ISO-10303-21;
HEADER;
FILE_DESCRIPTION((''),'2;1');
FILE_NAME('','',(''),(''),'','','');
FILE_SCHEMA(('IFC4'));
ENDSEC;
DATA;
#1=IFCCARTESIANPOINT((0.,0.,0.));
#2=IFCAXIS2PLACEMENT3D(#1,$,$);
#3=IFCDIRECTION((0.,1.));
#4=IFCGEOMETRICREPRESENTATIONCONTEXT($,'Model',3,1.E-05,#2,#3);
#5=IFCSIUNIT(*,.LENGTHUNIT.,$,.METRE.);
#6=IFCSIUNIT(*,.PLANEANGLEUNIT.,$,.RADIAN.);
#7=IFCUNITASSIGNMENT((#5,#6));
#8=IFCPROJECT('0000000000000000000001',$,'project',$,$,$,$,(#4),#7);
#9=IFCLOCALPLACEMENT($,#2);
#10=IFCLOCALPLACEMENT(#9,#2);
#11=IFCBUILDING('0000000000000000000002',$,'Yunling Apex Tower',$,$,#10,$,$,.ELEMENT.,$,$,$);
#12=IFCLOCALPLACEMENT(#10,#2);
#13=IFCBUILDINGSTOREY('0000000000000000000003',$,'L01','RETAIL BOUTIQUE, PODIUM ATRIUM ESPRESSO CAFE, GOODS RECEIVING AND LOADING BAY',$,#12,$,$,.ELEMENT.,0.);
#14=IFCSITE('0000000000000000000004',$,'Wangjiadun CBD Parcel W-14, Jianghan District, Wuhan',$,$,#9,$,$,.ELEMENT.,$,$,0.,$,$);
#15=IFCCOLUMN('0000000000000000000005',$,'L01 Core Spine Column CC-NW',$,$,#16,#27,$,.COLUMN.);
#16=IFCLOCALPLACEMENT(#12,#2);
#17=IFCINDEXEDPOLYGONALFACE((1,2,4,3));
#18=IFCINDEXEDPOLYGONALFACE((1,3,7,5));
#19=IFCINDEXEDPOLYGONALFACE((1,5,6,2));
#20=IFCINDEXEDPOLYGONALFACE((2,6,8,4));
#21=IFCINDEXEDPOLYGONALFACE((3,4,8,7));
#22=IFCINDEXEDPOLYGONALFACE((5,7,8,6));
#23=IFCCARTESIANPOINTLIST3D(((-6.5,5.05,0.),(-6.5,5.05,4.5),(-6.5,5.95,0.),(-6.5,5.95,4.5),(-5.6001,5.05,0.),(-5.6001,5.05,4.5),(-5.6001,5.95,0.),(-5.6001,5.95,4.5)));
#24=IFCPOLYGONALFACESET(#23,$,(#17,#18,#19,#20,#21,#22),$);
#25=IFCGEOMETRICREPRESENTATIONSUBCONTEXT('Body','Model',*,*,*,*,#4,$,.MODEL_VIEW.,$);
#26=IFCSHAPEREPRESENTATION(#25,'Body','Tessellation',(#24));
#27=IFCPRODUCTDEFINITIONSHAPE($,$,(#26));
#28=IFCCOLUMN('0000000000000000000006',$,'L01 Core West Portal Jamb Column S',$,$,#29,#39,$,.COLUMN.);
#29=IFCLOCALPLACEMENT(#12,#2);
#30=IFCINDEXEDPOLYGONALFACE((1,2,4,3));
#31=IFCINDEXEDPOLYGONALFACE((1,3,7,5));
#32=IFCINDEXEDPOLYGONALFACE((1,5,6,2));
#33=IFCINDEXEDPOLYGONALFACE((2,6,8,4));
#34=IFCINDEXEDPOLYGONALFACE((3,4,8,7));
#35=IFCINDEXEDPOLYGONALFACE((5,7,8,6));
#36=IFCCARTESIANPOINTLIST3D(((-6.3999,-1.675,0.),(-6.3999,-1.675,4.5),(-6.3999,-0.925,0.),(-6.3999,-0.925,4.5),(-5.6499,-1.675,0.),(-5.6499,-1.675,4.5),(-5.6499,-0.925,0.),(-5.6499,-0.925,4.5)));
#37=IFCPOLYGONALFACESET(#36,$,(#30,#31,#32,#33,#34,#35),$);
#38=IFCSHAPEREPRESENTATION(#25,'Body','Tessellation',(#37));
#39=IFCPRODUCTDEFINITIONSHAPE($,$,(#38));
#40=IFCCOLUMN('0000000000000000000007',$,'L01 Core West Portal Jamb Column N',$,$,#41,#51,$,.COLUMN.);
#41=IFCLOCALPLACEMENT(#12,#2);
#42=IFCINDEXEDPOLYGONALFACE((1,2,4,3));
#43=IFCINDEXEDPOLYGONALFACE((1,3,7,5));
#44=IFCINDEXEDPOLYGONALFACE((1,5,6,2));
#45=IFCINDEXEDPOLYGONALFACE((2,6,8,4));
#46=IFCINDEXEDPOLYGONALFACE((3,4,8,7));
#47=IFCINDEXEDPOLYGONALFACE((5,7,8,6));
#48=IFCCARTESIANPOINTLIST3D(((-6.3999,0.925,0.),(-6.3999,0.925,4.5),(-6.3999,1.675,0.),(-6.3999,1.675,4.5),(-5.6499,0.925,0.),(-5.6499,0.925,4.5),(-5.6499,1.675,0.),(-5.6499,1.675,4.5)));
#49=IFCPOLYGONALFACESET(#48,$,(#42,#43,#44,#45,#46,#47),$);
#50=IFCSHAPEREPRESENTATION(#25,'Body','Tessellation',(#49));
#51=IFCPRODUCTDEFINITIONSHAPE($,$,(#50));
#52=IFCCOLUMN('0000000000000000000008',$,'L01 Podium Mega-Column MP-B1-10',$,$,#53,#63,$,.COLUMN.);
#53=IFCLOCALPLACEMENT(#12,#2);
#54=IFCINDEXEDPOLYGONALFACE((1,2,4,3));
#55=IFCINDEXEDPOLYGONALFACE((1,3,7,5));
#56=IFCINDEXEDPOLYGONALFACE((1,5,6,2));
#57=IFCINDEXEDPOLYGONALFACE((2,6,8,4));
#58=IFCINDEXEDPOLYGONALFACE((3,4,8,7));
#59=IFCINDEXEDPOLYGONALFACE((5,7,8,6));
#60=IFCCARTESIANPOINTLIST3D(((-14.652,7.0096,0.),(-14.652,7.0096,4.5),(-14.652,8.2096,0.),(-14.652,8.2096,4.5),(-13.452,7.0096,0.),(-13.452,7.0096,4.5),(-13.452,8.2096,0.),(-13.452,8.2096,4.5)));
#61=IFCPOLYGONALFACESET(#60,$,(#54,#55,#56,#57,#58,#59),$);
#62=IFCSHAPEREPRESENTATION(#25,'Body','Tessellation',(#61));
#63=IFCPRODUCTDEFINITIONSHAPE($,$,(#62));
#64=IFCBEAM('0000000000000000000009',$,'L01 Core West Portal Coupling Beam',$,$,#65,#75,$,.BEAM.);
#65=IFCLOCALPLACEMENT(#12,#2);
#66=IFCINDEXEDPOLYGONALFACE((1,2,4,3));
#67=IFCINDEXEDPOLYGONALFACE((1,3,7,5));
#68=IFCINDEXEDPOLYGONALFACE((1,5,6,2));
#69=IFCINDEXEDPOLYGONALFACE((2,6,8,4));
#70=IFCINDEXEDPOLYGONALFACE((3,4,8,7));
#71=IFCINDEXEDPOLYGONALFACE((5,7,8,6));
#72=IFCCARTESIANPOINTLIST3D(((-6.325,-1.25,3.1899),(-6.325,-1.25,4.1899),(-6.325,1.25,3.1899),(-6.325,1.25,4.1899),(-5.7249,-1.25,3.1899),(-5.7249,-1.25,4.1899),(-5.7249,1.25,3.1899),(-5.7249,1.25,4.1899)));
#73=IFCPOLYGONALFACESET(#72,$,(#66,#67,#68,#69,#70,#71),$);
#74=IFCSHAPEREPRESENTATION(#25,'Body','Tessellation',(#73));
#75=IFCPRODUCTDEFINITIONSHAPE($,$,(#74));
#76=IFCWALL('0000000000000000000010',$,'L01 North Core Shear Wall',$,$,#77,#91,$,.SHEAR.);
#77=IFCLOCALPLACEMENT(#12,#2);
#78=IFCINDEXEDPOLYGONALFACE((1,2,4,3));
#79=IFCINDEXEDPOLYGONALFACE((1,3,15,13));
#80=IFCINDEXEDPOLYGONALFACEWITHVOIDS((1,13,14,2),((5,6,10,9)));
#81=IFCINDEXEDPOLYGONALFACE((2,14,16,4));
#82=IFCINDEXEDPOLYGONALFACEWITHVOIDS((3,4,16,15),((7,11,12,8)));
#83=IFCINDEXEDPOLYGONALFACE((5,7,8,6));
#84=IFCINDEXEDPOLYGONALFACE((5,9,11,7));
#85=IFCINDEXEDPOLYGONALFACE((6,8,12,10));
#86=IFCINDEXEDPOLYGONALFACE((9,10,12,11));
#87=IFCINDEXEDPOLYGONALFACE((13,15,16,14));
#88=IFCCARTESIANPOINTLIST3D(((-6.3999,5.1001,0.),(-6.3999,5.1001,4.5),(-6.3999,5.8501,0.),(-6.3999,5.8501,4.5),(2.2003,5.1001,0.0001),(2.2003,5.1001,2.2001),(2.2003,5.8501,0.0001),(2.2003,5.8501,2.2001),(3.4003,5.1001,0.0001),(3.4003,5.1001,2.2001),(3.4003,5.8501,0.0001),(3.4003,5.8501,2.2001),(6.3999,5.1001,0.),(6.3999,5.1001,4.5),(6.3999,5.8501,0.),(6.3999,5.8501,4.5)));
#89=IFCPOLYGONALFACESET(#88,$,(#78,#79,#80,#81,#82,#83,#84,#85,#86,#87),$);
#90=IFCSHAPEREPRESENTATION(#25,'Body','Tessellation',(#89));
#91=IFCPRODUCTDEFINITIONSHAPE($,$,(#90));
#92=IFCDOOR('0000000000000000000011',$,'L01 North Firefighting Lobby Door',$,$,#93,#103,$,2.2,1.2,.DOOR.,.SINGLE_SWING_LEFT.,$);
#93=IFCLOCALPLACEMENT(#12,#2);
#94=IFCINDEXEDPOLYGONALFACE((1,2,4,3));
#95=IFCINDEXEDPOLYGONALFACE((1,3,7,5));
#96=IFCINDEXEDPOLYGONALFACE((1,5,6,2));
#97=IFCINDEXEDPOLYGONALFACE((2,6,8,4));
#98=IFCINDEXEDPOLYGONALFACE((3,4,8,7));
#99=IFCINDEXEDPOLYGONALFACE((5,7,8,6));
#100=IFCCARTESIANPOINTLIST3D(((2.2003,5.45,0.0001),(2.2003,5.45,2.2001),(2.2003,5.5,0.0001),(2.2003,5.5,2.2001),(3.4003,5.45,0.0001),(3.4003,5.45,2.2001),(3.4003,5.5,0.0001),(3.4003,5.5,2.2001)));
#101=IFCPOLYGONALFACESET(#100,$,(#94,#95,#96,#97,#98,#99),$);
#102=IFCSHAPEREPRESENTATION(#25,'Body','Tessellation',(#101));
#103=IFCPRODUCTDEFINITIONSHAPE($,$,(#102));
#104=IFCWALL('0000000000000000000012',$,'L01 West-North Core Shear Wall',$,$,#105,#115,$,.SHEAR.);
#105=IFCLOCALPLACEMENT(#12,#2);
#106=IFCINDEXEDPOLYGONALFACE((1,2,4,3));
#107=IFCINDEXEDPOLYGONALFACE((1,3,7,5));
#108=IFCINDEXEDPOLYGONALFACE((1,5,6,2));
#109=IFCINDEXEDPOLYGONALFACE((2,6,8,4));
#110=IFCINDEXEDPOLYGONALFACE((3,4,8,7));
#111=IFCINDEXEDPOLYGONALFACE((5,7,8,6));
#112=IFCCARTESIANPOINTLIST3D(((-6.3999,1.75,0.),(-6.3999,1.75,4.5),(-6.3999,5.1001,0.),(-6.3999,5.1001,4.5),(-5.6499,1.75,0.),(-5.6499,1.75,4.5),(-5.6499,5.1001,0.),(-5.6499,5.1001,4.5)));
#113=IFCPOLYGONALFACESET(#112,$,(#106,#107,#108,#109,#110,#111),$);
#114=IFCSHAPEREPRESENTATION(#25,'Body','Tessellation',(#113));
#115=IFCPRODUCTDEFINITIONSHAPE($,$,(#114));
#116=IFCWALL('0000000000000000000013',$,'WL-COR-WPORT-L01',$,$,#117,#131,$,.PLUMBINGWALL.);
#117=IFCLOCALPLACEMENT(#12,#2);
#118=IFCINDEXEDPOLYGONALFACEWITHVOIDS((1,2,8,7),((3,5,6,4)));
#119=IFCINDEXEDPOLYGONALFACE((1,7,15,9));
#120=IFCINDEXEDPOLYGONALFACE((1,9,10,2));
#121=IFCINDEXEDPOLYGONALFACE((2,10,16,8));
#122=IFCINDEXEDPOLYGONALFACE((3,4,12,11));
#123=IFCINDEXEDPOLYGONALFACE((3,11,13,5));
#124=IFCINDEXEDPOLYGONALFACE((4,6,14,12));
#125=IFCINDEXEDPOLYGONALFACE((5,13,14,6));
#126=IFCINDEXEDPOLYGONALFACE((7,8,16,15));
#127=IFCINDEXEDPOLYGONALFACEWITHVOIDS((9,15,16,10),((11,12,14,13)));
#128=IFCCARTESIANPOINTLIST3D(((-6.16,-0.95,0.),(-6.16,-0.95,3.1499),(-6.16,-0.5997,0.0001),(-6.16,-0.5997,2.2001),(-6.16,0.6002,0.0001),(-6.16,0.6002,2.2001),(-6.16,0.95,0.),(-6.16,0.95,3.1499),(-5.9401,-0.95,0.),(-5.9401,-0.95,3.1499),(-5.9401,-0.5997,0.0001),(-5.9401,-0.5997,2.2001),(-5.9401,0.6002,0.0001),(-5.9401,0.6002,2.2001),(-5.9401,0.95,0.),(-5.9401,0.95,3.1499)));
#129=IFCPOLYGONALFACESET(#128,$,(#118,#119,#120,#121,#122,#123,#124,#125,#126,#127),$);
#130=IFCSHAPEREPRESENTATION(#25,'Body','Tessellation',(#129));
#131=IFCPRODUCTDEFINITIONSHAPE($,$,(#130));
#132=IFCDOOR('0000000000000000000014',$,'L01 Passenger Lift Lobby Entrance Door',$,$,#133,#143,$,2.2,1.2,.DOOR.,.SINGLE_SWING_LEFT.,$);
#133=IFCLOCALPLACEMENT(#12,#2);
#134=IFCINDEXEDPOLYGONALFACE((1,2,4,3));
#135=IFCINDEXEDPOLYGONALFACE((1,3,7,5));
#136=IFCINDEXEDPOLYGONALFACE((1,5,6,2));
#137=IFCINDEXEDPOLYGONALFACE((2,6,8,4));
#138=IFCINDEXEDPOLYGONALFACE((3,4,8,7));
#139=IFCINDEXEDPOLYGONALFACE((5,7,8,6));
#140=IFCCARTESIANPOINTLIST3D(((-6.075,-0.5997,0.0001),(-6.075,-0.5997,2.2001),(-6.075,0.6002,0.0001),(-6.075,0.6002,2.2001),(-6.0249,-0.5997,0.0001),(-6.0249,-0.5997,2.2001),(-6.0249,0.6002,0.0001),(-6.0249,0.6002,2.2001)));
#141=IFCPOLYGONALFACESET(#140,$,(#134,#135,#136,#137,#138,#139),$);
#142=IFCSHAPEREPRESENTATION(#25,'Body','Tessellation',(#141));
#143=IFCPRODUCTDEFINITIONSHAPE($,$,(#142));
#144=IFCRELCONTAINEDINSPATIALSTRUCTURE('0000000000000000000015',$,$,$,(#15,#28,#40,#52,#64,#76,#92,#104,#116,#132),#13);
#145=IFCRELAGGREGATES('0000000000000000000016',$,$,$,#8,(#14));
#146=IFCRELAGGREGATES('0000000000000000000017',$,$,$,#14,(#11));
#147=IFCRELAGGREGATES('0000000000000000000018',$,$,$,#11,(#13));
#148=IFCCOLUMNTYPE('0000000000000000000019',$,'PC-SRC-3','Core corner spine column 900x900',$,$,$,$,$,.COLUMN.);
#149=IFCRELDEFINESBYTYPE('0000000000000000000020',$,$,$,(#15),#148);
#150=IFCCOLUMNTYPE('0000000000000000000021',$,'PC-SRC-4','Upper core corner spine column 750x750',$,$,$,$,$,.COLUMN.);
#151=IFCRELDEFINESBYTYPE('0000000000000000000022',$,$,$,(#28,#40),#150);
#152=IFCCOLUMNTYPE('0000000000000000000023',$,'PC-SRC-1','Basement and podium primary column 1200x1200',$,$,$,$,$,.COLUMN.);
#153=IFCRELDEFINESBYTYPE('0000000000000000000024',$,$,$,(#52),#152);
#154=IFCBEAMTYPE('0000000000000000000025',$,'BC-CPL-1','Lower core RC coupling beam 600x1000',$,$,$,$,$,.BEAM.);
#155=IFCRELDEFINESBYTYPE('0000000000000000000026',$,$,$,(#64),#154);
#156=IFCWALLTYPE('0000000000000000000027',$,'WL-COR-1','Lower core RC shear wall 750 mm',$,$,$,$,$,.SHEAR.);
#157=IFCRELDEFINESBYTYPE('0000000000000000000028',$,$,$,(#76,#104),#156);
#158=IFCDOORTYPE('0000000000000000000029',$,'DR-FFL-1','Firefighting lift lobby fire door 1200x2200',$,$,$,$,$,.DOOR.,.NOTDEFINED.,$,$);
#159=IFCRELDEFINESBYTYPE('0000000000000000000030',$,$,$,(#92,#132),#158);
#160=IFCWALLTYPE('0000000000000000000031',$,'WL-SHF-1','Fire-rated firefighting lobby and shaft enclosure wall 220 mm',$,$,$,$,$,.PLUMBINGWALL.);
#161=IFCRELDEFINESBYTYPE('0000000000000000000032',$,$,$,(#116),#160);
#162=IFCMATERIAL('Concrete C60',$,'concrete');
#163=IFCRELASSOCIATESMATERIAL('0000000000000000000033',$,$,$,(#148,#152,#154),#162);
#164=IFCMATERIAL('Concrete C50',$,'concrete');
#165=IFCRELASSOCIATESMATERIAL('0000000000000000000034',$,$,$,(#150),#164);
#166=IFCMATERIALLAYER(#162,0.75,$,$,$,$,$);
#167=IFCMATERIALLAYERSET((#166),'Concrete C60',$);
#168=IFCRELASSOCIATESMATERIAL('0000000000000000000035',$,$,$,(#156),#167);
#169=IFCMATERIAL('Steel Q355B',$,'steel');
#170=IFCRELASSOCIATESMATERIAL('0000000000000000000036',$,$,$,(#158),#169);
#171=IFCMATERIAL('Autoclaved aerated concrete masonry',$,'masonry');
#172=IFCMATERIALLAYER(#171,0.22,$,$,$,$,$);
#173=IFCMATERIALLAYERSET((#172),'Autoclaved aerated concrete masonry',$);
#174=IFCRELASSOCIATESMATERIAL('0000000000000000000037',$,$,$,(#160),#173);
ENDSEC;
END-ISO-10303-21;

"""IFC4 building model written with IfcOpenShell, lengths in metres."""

from ifc_helpers import new_model, si_unit, direction, frame, frame_2d, origin, origin_2d, place, context, subcontext, project, spatial, rectangle, extrude, source, transform, mapped, material, layer, layer_set, material_profile, profile_set, type_object, element, fill, save


model = new_model("IFC4")

# Units and contexts
model_context = context("Model", 3, precision=1e-05, world=origin(), true_north=direction((0.0, 1.0)))
body_context = subcontext(model_context, "Body", "Model", "MODEL_VIEW")
ifc_project = project(units=[si_unit("LENGTHUNIT", "METRE"), si_unit("PLANEANGLEUNIT", "RADIAN")], contexts=[model_context])

# Site, building, storey
site_placement = place(None, origin())
site = spatial("IfcSite", under=ifc_project, at=site_placement, Name="Wangjiadun CBD Parcel W-14, Jianghan District, Wuhan", CompositionType="ELEMENT", RefElevation=0.0)
building_placement = place(site_placement, origin())
building = spatial("IfcBuilding", under=site, at=building_placement, Name="Yunling Apex Tower", CompositionType="ELEMENT")
storey_placement = place(building_placement, origin())
storey = spatial("IfcBuildingStorey", under=building, at=storey_placement, Name="L01", Description="RETAIL BOUTIQUE, PODIUM ATRIUM ESPRESSO CAFE, GOODS RECEIVING AND LOADING BAY", CompositionType="ELEMENT", Elevation=0.0)

# Columns
ifc_material_1 = material(Name="Concrete C60", Category="concrete")
ifc_material_profile_1 = material_profile(ifc_material_1, rectangle(XDim=0.8999, YDim=0.8999, at=origin_2d()))
ifc_profile_set_1 = profile_set([ifc_material_profile_1], Name="Concrete C60")
column_type_1 = type_object("IfcColumnType", Name="PC-SRC-3", Description="Core corner spine column 900x900", PredefinedType="COLUMN", material=ifc_profile_set_1)
shared_shape_1 = source(origin(), body_context, "Body", "SweptSolid", [
    extrude(rectangle(XDim=0.8999, YDim=0.8999, at=origin_2d()), origin(), (0.0, 0.0, 1.0), 4.5),
])
column_1_placement = place(storey_placement, frame((-6.05, 5.5, 0.0), z_axis=(0.0, 0.0, 1.0), x_axis=(1.0, 0.0, 0.0)))
element("IfcColumn", 1, at=column_1_placement, inside=storey, type_object=column_type_1, Name="L01 Core Spine Column CC-NW", PredefinedType="COLUMN", context=body_context, shape_type="MappedRepresentation", body=[
    mapped(shared_shape_1, transform((0.0, 0.0, 0.0), scale=1.0)),
])
ifc_material_2 = material(Name="Concrete C50", Category="concrete")
ifc_material_profile_2 = material_profile(ifc_material_2, rectangle(XDim=0.75, YDim=0.75, at=origin_2d()))
ifc_profile_set_2 = profile_set([ifc_material_profile_2], Name="Concrete C50")
column_type_2 = type_object("IfcColumnType", Name="PC-SRC-4", Description="Upper core corner spine column 750x750", PredefinedType="COLUMN", material=ifc_profile_set_2)
shared_shape_2 = source(origin(), body_context, "Body", "SweptSolid", [
    extrude(rectangle(XDim=0.75, YDim=0.75, at=origin_2d()), origin(), (0.0, 0.0, 1.0), 4.5),
])
for number, where, z_axis, x_axis, name in (
    (2, (-6.0249, -1.3, 0.0), (0.0, 0.0, 1.0), (1.0, 0.0, 0.0), "L01 Core West Portal Jamb Column S"),
    (3, (-6.0249, 1.3, 0.0), (0.0, 0.0, 1.0), (1.0, 0.0, 0.0), "L01 Core West Portal Jamb Column N"),
):
    element("IfcColumn", number, at=place(storey_placement, frame(where, z_axis=z_axis, x_axis=x_axis)), inside=storey, type_object=column_type_2, Name=name, PredefinedType="COLUMN", context=body_context, shape_type="MappedRepresentation", body=[
        mapped(shared_shape_2, transform((0.0, 0.0, 0.0), scale=1.0)),
    ])
ifc_material_profile_3 = material_profile(ifc_material_1, rectangle(XDim=1.2, YDim=1.2, at=origin_2d()))
ifc_profile_set_3 = profile_set([ifc_material_profile_3], Name="Concrete C60")
column_type_3 = type_object("IfcColumnType", Name="PC-SRC-1", Description="Basement and podium primary column 1200x1200", PredefinedType="COLUMN", material=ifc_profile_set_3)
shared_shape_3 = source(origin(), body_context, "Body", "SweptSolid", [
    extrude(rectangle(XDim=1.2, YDim=1.2, at=origin_2d()), origin(), (0.0, 0.0, 1.0), 4.5),
])
column_2_placement = place(storey_placement, frame((-14.052, 7.6096, 0.0), z_axis=(0.0, 0.0, 1.0), x_axis=(1.0, 0.0, 0.0)))
element("IfcColumn", 4, at=column_2_placement, inside=storey, type_object=column_type_3, Name="L01 Podium Mega-Column MP-B1-10", PredefinedType="COLUMN", context=body_context, shape_type="MappedRepresentation", body=[
    mapped(shared_shape_3, transform((0.0, 0.0, 0.0), scale=1.0)),
])

# Beam
ifc_material_profile_4 = material_profile(ifc_material_1, rectangle(XDim=0.6001, YDim=1.0, at=origin_2d()))
ifc_profile_set_4 = profile_set([ifc_material_profile_4], Name="Concrete C60")
beam_type = type_object("IfcBeamType", Name="BC-CPL-1", Description="Lower core RC coupling beam 600x1000", PredefinedType="BEAM", material=ifc_profile_set_4)
shared_shape_4 = source(origin(), body_context, "Body", "SweptSolid", [
    extrude(rectangle(XDim=0.6001, YDim=1.0, at=origin_2d()), origin(), (0.0, 0.0, 1.0), 2.5),
])
beam_placement = place(storey_placement, frame((-6.0249, -1.25, 3.6899), z_axis=(0.0, 1.0, 0.0), x_axis=(-1.0, 0.0, 0.0)))
element("IfcBeam", 5, at=beam_placement, inside=storey, type_object=beam_type, Name="L01 Core West Portal Coupling Beam", PredefinedType="BEAM", context=body_context, shape_type="MappedRepresentation", body=[
    mapped(shared_shape_4, transform((0.0, 0.0, 0.0), scale=1.0)),
])

# Wall, opening, door
ifc_layer_1 = layer(ifc_material_1, 0.75)
ifc_layer_set_1 = layer_set([ifc_layer_1], Name="Concrete C60")
wall_type_1 = type_object("IfcWallType", Name="WL-COR-1", Description="Lower core RC shear wall 750 mm", PredefinedType="SHEAR", material=ifc_layer_set_1)
wall_1_placement = place(storey_placement, frame((-6.3999, 5.4751, 0.0), z_axis=(0.0, 0.0, 1.0), x_axis=(1.0, 0.0, 0.0)))
wall_1 = element("IfcWall", 6, at=wall_1_placement, inside=storey, type_object=wall_type_1, Name="L01 North Core Shear Wall", PredefinedType="SHEAR", context=body_context, shape_type="SweptSolid", body=[
    extrude(rectangle(XDim=12.7998, YDim=0.75, at=frame_2d((6.3999, 0.0))), origin(), (0.0, 0.0, 1.0), 4.5),
])
opening_1_placement = place(wall_1_placement, frame((8.6001, 0.0, 0.0)))
opening_1 = element("IfcOpeningElement", 7, at=opening_1_placement, cuts=wall_1, PredefinedType="OPENING", context=body_context, shape_type="SweptSolid", body=[
    extrude(rectangle(XDim=1.2, YDim=2.2, at=frame_2d((0.6001, 1.1001))), frame((0.0, 0.385, 0.0), z_axis=(0.0, -1.0, 0.0), x_axis=(1.0, 0.0, 0.0)), (0.0, 0.0, 1.0), 0.77),
])
ifc_material_3 = material(Name="Steel Q355B", Category="steel")
door_type_1 = type_object("IfcDoorType", Name="DR-FFL-1", Description="Firefighting lift lobby fire door 1200x2200", OperationType="NOTDEFINED", PredefinedType="DOOR", material=ifc_material_3)
door_1_placement = place(opening_1_placement, origin())
door_1 = element("IfcDoor", 8, at=door_1_placement, inside=storey, type_object=door_type_1, Name="L01 North Firefighting Lobby Door", OperationType="SINGLE_SWING_LEFT", OverallHeight=2.2, OverallWidth=1.2, PredefinedType="DOOR", context=body_context, shape_type="SweptSolid", body=[
    extrude(rectangle(XDim=1.2, YDim=2.2, at=frame_2d((0.6001, 1.1001))), frame((0.0, 0.0249, 0.0), z_axis=(0.0, -1.0, 0.0), x_axis=(1.0, 0.0, 0.0)), (0.0, 0.0, 1.0), 0.05),
])
fill(opening_1, door_1)

# Wall
wall_2_placement = place(storey_placement, frame((-6.0249, 1.75, 0.0), z_axis=(0.0, 0.0, 1.0), x_axis=(0.0, 1.0, 0.0)))
element("IfcWall", 9, at=wall_2_placement, inside=storey, type_object=wall_type_1, Name="L01 West-North Core Shear Wall", PredefinedType="SHEAR", context=body_context, shape_type="SweptSolid", body=[
    extrude(rectangle(XDim=3.3501, YDim=0.75, at=frame_2d((1.675, 0.0))), origin(), (0.0, 0.0, 1.0), 4.5),
])

# Wall, opening, door
ifc_material_4 = material(Name="Autoclaved aerated concrete masonry", Category="masonry")
ifc_layer_2 = layer(ifc_material_4, 0.22)
ifc_layer_set_2 = layer_set([ifc_layer_2], Name="Autoclaved aerated concrete masonry")
wall_type_2 = type_object("IfcWallType", Name="WL-SHF-1", Description="Fire-rated firefighting lobby and shaft enclosure wall 220 mm", PredefinedType="PLUMBINGWALL", material=ifc_layer_set_2)
wall_3_placement = place(storey_placement, frame((-6.05, -0.95, 0.0), z_axis=(0.0, 0.0, 1.0), x_axis=(0.0, 1.0, 0.0)))
wall_3 = element("IfcWall", 10, at=wall_3_placement, inside=storey, type_object=wall_type_2, Name="WL-COR-WPORT-L01", PredefinedType="PLUMBINGWALL", context=body_context, shape_type="SweptSolid", body=[
    extrude(rectangle(XDim=1.8999, YDim=0.22, at=frame_2d((0.95, 0.0))), origin(), (0.0, 0.0, 1.0), 3.1499),
])
opening_2_placement = place(wall_3_placement, frame((0.3501, 0.0, 0.0)))
opening_2 = element("IfcOpeningElement", 11, at=opening_2_placement, cuts=wall_3, PredefinedType="OPENING", context=body_context, shape_type="SweptSolid", body=[
    extrude(rectangle(XDim=1.2, YDim=2.2, at=frame_2d((0.6001, 1.1001))), frame((0.0, 0.1201, 0.0), z_axis=(0.0, -1.0, 0.0), x_axis=(1.0, 0.0, 0.0)), (0.0, 0.0, 1.0), 0.24),
])
door_2_placement = place(opening_2_placement, origin())
door_2 = element("IfcDoor", 12, at=door_2_placement, inside=storey, type_object=door_type_1, Name="L01 Passenger Lift Lobby Entrance Door", OperationType="SINGLE_SWING_LEFT", OverallHeight=2.2, OverallWidth=1.2, PredefinedType="DOOR", context=body_context, shape_type="SweptSolid", body=[
    extrude(rectangle(XDim=1.2, YDim=2.2, at=frame_2d((0.6001, 1.1001))), frame((0.0, 0.0249, 0.0), z_axis=(0.0, -1.0, 0.0), x_axis=(1.0, 0.0, 0.0)), (0.0, 0.0, 1.0), 0.05),
])
fill(opening_2, door_2)

save(model, "model.ifc")
